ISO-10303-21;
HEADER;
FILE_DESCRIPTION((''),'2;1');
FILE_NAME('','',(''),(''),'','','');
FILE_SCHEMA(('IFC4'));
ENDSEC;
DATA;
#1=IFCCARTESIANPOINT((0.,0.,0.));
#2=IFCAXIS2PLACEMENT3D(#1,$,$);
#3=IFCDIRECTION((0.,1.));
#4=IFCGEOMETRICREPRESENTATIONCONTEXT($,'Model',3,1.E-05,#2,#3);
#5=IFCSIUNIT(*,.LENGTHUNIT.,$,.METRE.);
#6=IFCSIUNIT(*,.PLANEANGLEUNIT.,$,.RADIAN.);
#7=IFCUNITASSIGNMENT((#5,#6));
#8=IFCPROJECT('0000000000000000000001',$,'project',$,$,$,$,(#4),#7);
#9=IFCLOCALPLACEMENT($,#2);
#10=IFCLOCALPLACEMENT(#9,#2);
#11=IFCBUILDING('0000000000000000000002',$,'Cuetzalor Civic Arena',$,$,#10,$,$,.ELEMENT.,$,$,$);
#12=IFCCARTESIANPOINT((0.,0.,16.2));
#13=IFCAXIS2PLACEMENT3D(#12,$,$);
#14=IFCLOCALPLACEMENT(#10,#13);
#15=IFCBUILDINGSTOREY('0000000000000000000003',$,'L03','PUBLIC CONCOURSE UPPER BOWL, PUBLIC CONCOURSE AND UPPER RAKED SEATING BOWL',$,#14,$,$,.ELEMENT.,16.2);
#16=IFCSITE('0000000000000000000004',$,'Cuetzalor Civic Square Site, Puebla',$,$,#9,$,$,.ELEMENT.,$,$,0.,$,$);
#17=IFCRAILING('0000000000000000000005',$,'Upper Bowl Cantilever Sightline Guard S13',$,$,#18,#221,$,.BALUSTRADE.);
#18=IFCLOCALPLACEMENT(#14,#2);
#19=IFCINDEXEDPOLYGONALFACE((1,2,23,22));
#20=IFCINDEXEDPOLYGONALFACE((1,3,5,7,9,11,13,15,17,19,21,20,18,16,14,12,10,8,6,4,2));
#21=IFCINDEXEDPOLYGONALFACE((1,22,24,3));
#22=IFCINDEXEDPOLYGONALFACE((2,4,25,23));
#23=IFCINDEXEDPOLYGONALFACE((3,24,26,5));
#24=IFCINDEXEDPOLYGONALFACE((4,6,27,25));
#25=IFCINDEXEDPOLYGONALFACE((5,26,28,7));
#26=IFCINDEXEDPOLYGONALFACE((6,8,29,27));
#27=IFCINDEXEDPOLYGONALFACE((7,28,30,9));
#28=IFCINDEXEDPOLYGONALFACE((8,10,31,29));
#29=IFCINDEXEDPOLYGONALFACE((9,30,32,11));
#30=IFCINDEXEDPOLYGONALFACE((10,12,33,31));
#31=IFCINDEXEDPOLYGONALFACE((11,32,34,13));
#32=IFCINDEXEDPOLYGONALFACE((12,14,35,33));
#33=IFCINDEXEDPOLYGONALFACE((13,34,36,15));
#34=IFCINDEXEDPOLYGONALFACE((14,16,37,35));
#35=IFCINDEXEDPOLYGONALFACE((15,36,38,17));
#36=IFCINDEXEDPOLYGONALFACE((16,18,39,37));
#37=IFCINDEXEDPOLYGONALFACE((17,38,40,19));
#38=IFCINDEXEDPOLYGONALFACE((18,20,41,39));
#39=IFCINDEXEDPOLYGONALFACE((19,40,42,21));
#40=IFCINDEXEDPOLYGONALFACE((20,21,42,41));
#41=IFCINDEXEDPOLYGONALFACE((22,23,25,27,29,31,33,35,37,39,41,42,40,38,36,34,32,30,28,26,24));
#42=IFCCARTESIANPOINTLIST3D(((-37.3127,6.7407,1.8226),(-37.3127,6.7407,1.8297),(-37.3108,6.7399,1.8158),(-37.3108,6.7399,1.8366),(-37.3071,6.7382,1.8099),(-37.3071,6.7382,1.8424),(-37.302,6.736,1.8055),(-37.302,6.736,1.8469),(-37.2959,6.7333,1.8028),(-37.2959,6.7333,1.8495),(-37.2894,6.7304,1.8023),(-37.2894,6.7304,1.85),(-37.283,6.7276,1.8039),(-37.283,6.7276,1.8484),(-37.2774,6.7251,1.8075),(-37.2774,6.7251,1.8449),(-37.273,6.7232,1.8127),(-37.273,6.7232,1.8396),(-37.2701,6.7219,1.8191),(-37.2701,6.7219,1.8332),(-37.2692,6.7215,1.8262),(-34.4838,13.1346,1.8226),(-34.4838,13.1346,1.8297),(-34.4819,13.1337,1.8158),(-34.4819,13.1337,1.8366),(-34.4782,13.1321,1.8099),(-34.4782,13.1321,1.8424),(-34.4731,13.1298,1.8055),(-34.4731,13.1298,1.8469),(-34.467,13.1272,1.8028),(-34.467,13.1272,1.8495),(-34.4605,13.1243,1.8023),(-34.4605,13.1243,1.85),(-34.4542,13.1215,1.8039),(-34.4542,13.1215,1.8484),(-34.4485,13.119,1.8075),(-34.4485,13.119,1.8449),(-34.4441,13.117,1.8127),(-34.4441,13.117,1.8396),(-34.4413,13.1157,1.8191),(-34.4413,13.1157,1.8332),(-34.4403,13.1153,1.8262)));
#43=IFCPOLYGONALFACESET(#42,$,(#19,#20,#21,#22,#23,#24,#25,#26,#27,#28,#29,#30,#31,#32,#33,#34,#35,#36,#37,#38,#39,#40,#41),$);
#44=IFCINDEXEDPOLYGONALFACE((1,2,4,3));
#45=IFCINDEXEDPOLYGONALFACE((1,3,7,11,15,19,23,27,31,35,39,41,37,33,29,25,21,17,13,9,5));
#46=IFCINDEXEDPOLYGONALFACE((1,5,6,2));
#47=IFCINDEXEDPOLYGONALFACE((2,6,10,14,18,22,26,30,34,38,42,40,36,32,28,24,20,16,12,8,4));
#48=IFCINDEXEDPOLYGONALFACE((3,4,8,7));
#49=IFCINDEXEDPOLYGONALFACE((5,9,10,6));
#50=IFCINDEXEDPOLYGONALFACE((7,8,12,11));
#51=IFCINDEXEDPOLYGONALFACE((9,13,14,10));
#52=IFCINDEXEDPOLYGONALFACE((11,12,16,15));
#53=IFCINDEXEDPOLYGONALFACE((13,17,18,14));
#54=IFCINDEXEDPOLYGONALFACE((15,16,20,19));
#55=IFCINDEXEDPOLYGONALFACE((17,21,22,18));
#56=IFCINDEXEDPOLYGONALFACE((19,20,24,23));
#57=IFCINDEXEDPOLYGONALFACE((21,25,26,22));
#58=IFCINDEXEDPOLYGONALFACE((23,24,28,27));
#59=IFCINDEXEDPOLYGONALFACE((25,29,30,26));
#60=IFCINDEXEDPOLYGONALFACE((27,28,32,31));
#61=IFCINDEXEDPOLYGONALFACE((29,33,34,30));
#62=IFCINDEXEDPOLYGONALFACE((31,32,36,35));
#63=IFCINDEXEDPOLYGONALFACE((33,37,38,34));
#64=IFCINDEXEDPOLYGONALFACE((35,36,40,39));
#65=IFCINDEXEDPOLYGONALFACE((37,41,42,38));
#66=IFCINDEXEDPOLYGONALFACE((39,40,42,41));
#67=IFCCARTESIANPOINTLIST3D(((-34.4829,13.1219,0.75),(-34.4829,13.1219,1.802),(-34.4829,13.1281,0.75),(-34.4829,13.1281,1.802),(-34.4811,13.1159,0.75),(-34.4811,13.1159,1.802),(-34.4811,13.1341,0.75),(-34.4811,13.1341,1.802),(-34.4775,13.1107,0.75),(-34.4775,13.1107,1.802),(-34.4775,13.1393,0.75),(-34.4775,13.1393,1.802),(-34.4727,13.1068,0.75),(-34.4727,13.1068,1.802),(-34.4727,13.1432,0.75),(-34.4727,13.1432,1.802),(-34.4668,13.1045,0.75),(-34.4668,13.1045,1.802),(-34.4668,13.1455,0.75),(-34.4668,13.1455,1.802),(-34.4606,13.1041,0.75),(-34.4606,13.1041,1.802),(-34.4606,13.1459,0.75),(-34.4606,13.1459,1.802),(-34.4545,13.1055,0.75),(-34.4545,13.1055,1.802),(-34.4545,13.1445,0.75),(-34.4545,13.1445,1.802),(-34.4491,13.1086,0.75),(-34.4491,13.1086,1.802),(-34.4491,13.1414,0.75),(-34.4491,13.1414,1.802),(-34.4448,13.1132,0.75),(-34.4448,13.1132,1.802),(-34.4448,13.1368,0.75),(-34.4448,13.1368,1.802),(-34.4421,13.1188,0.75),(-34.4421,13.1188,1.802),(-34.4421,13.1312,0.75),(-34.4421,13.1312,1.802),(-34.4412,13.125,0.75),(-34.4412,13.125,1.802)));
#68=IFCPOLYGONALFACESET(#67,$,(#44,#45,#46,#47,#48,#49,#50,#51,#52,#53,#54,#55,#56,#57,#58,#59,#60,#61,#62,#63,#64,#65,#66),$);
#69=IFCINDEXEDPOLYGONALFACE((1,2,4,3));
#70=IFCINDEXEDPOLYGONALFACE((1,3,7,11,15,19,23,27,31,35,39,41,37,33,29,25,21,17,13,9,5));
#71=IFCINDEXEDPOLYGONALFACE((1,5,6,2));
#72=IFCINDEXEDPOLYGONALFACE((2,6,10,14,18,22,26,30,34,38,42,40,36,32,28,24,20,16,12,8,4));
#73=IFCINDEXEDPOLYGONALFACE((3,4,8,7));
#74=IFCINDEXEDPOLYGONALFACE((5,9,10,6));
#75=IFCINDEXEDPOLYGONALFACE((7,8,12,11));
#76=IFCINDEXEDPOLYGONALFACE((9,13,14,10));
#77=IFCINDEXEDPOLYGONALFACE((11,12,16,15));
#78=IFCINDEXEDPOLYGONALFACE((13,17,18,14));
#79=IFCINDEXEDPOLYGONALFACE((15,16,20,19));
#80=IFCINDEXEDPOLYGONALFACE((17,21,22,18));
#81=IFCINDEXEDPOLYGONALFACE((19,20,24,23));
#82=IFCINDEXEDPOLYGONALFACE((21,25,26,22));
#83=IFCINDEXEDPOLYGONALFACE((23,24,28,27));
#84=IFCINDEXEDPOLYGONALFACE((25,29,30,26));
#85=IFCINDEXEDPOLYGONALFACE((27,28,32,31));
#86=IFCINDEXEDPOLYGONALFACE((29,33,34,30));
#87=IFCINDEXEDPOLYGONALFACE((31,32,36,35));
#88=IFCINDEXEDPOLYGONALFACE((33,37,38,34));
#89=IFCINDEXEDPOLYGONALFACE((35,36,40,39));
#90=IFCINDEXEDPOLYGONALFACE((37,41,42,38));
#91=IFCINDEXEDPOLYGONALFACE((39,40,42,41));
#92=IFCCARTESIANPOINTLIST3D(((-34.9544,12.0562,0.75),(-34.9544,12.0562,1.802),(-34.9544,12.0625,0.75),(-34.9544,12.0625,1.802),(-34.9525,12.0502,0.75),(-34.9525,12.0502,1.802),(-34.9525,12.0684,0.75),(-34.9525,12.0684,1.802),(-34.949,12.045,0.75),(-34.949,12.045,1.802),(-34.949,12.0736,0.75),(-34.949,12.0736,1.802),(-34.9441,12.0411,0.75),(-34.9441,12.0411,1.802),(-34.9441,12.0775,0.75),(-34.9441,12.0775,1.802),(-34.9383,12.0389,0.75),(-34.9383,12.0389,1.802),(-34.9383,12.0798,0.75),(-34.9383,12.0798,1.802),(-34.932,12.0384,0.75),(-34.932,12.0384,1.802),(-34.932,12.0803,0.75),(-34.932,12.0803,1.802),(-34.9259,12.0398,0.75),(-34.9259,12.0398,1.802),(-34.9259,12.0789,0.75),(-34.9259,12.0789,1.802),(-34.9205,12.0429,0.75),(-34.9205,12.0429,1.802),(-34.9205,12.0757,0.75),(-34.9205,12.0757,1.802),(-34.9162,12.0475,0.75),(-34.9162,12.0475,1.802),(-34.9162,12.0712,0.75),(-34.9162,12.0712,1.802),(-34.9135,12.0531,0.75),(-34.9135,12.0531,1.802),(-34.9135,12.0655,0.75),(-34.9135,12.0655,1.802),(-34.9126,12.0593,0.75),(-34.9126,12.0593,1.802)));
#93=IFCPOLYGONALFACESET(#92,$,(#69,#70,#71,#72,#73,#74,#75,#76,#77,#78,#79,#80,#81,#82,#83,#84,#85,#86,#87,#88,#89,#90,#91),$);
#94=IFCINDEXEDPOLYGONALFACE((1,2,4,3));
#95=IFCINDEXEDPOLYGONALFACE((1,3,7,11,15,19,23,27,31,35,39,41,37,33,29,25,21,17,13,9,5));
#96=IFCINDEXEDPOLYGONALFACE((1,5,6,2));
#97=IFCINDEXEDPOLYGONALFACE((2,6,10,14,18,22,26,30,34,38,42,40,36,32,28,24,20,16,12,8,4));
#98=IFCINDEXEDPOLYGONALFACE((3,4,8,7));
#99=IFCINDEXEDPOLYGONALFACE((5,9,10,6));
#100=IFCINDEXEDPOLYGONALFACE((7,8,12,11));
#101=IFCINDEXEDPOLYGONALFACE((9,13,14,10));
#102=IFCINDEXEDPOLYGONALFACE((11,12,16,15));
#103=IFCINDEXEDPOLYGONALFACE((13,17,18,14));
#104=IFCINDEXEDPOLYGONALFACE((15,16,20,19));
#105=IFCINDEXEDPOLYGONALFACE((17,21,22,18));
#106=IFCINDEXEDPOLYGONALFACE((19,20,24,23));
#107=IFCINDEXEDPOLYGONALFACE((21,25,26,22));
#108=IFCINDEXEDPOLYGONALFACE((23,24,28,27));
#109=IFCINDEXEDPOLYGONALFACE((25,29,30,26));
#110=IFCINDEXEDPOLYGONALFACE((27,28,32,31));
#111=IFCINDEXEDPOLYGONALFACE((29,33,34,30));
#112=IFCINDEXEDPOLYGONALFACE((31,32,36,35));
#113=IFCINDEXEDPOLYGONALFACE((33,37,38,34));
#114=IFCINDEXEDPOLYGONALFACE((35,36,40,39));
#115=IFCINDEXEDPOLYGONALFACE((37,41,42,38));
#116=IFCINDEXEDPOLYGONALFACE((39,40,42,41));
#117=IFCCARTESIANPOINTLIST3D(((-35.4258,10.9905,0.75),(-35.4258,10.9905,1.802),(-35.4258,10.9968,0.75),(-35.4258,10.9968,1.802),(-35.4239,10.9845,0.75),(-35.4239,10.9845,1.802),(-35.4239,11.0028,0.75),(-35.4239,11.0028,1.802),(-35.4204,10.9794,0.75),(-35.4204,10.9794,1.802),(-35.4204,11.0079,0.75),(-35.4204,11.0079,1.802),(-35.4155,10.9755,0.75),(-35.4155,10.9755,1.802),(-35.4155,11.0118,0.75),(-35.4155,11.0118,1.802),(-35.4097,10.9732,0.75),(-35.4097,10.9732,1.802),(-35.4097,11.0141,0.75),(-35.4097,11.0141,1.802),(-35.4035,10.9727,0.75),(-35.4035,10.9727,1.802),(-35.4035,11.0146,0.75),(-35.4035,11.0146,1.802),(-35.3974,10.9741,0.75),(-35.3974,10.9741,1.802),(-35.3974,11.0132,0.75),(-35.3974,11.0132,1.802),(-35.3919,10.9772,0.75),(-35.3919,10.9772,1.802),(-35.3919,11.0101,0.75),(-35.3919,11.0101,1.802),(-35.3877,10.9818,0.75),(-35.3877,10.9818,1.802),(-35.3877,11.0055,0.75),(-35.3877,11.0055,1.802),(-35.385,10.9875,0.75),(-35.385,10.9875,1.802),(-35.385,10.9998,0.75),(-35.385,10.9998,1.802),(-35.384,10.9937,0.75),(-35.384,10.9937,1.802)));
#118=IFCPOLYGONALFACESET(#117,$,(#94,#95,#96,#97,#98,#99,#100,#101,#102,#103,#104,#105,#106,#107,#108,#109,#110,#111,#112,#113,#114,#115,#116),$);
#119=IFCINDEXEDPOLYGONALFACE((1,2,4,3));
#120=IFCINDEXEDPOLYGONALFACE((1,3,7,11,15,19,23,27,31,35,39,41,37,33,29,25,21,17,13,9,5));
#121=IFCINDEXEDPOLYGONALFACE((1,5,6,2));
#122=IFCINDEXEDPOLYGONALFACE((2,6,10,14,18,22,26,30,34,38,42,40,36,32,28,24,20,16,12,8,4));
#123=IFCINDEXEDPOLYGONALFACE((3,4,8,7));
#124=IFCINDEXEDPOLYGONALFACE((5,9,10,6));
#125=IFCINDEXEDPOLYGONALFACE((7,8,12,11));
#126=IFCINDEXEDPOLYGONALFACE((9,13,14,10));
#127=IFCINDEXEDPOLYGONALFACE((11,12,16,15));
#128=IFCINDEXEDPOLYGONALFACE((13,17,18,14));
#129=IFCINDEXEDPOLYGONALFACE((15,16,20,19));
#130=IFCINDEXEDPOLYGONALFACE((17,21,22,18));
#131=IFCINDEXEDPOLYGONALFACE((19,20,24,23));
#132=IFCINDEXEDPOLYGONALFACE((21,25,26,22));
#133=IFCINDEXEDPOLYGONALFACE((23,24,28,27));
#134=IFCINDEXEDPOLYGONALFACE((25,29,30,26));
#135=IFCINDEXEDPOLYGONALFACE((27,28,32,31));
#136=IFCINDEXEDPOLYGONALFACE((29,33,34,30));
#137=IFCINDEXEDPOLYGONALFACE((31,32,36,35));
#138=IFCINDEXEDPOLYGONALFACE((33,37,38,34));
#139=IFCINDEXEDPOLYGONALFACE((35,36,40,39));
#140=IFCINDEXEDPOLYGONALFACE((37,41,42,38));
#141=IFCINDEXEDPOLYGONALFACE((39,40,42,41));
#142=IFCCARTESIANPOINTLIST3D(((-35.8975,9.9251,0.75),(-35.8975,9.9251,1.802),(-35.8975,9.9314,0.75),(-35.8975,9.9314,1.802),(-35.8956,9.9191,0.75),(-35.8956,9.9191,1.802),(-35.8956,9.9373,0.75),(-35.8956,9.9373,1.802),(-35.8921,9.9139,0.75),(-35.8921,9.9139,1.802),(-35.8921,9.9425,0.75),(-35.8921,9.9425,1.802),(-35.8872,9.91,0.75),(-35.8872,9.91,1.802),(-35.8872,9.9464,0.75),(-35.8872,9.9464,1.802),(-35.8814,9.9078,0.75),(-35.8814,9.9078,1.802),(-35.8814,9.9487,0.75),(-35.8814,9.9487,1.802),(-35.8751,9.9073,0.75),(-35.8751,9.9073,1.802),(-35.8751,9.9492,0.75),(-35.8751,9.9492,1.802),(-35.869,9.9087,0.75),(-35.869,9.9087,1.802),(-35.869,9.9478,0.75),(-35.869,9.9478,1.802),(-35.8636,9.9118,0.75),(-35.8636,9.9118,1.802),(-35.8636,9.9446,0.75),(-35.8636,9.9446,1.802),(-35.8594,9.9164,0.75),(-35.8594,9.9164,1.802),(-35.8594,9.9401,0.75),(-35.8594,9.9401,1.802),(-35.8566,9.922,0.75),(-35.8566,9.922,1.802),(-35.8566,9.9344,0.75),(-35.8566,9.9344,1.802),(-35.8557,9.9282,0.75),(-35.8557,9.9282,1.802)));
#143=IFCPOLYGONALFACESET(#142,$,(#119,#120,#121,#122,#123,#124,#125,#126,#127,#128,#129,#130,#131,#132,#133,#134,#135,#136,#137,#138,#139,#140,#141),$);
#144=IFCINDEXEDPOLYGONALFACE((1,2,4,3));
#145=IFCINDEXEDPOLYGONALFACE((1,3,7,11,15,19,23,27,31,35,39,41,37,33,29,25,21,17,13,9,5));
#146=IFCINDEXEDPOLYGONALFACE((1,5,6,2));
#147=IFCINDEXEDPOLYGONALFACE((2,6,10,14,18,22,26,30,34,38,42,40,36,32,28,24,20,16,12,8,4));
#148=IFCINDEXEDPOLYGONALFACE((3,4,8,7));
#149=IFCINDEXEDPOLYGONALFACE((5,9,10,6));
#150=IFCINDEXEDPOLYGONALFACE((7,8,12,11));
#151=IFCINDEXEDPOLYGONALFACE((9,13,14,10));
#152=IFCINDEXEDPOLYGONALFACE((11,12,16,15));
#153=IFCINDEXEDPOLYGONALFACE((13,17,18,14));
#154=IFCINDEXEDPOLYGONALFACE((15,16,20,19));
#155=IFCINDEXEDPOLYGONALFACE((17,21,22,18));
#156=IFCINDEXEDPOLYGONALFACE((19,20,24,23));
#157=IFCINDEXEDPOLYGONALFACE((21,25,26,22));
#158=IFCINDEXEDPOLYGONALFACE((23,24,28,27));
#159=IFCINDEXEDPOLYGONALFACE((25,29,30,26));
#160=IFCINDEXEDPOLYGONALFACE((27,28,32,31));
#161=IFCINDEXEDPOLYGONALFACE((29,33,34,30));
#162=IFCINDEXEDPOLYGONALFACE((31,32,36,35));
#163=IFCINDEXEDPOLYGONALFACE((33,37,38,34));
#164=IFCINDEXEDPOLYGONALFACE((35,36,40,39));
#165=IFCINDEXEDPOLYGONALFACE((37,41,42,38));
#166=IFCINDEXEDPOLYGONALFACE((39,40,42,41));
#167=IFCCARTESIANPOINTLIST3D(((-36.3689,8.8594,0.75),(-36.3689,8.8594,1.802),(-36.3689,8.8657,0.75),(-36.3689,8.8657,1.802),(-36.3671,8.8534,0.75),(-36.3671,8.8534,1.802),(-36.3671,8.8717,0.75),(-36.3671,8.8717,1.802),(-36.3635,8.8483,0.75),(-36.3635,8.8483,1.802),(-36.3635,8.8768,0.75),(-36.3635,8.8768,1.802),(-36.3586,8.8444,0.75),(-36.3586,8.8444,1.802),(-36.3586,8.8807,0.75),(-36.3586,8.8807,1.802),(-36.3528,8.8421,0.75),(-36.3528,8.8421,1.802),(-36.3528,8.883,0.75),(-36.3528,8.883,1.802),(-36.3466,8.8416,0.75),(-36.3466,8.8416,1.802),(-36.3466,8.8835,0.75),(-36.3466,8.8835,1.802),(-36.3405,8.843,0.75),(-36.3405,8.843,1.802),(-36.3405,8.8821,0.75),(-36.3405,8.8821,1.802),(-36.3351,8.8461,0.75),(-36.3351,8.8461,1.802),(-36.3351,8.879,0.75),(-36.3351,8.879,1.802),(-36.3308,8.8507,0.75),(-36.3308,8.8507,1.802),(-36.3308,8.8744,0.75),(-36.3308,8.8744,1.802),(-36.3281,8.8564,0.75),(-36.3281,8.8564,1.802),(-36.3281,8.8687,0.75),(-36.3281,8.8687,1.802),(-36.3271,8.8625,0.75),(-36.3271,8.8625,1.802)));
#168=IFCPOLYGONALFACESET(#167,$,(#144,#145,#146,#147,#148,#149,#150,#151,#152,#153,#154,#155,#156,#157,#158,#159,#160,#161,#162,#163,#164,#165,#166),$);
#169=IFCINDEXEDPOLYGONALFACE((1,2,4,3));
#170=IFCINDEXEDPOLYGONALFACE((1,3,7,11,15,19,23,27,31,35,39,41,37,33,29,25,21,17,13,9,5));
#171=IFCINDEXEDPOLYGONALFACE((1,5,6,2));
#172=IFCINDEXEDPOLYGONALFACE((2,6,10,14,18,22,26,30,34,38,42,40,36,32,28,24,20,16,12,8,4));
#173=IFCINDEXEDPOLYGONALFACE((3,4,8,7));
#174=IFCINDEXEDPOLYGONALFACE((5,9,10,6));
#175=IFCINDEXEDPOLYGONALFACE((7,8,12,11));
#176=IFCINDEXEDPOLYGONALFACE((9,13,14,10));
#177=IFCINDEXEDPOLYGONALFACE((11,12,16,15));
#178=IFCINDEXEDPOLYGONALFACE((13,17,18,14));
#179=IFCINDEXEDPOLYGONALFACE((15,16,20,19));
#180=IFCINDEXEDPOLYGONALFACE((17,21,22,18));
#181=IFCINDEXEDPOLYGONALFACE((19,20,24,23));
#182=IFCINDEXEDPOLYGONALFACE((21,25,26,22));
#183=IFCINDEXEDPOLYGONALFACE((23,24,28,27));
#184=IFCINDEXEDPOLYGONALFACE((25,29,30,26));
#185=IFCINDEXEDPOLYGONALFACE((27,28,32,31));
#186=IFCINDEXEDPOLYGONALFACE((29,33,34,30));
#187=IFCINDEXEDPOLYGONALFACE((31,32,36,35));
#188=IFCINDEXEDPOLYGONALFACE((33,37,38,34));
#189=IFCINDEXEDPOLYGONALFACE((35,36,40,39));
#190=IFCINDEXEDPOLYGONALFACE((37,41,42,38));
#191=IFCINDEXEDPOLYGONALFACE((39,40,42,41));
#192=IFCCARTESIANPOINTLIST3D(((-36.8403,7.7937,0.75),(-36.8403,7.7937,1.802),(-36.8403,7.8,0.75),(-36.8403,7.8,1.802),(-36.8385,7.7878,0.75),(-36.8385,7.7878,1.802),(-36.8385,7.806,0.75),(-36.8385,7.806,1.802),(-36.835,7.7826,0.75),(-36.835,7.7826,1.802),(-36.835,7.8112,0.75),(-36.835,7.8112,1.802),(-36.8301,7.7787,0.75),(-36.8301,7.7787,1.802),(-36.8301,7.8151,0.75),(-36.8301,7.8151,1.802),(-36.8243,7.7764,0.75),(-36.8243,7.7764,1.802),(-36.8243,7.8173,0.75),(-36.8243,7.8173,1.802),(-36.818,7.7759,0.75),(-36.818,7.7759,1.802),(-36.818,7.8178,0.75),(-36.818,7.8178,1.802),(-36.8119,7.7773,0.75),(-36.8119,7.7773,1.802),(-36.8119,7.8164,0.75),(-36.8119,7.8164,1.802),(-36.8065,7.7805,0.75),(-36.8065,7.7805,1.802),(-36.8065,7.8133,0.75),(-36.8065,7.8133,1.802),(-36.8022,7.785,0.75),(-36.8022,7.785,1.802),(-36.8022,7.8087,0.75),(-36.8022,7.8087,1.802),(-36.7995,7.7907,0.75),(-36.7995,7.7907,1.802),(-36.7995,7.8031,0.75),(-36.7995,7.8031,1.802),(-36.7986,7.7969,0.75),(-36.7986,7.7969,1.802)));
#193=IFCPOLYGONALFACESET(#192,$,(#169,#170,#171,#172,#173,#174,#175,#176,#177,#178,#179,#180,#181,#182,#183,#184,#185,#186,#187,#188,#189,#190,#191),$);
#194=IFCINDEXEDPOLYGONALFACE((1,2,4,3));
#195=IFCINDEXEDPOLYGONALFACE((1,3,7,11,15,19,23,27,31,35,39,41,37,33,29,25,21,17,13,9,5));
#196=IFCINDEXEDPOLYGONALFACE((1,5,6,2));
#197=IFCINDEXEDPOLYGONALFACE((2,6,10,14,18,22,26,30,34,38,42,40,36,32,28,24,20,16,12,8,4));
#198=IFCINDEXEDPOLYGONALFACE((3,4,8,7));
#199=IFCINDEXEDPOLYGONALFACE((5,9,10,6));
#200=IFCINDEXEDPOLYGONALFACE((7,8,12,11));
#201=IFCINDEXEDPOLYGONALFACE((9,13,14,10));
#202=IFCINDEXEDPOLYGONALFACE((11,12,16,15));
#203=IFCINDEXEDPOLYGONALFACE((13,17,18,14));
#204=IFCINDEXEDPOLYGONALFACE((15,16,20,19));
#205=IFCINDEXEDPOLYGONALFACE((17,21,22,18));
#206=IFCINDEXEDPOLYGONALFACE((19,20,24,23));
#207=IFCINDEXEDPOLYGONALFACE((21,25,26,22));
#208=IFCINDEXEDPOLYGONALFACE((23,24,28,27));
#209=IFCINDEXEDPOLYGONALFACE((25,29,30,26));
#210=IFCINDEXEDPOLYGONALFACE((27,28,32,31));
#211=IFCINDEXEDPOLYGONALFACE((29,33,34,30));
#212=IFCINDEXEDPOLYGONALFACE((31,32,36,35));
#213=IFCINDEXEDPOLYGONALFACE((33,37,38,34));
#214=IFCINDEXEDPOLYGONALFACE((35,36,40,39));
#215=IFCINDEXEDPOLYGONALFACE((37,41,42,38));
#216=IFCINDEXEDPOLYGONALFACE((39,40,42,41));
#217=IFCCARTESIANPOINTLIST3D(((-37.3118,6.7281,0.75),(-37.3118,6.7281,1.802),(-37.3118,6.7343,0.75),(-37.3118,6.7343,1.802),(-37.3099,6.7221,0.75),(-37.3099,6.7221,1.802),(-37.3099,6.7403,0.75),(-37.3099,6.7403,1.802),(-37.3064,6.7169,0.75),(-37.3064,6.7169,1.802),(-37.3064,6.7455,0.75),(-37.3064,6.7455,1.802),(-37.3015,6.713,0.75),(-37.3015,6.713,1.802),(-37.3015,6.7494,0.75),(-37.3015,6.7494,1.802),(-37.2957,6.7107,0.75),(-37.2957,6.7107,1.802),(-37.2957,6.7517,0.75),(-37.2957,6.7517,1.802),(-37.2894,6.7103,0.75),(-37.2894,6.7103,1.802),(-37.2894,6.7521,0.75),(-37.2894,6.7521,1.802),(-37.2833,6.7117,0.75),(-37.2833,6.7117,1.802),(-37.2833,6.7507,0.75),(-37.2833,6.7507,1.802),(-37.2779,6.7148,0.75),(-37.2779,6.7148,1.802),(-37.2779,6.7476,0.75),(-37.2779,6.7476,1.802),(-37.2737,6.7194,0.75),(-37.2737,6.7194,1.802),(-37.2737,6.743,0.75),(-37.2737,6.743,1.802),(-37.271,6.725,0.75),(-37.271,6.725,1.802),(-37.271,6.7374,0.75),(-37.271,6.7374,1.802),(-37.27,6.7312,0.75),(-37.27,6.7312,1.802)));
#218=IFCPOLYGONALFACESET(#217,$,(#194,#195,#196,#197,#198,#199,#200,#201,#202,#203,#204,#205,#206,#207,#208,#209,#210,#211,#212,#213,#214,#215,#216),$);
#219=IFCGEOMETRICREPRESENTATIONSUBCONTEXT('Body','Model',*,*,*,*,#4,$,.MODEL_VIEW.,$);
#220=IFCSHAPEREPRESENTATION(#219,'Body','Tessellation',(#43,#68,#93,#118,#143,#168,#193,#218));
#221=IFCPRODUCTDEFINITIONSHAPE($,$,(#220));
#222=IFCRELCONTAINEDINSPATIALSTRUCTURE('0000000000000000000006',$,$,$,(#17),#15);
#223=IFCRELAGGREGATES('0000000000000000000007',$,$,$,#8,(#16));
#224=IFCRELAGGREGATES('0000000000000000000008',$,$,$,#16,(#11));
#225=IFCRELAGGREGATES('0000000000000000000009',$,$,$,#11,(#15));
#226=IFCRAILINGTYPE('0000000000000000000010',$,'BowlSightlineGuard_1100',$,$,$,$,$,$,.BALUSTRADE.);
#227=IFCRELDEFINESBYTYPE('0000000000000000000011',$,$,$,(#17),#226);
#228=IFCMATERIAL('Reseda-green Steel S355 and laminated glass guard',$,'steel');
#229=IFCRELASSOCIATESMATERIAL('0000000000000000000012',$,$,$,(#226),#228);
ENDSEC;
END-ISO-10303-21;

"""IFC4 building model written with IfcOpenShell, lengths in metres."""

from ifc_helpers import new_model, si_unit, direction, frame, origin, origin_2d, place, context, subcontext, project, spatial, circle, extrude, material, type_object, element, save


model = new_model("IFC4")

# Units and contexts
model_context = context("Model", 3, precision=1e-05, world=origin(), true_north=direction((0.0, 1.0)))
body_context = subcontext(model_context, "Body", "Model", "MODEL_VIEW")
ifc_project = project(units=[si_unit("LENGTHUNIT", "METRE"), si_unit("PLANEANGLEUNIT", "RADIAN")], contexts=[model_context])

# Site, building, storey
site_placement = place(None, origin())
site = spatial("IfcSite", under=ifc_project, at=site_placement, Name="Cuetzalor Civic Square Site, Puebla", CompositionType="ELEMENT", RefElevation=0.0)
building_placement = place(site_placement, origin())
building = spatial("IfcBuilding", under=site, at=building_placement, Name="Cuetzalor Civic Arena", CompositionType="ELEMENT")
storey_placement = place(building_placement, frame((0.0, 0.0, 16.2)))
storey = spatial("IfcBuildingStorey", under=building, at=storey_placement, Name="L03", Description="PUBLIC CONCOURSE UPPER BOWL, PUBLIC CONCOURSE AND UPPER RAKED SEATING BOWL", CompositionType="ELEMENT", Elevation=16.2)

# Railing
ifc_material_1 = material(Name="Reseda-green Steel S355 and laminated glass guard", Category="steel")
railing_type = type_object("IfcRailingType", Name="BowlSightlineGuard_1100", PredefinedType="BALUSTRADE", material=ifc_material_1)
railing_1_placement = place(storey_placement, frame((-34.4622, 13.125, 0.75)))
element("IfcRailing", 1, at=railing_1_placement, inside=storey, type_object=railing_type, Name="Upper Bowl Cantilever Sightline Guard S13", PredefinedType="BALUSTRADE", context=body_context, shape_type="SweptSolid", body=[
    extrude(circle(Radius=0.0239, at=origin_2d()), frame((0.0, 0.0, 1.0762), z_axis=(-0.404605, -0.914491, 0.0), x_axis=(0.914491, -0.404605, 0.0)), (0.0, 0.0, 1.0), 6.9917),
    extrude(circle(Radius=0.021, at=origin_2d()), origin(), (0.0, 0.0, 1.0), 1.052),
    extrude(circle(Radius=0.021, at=origin_2d()), frame((-0.4714, -1.0657, 0.0)), (0.0, 0.0, 1.0), 1.052),
    extrude(circle(Radius=0.021, at=origin_2d()), frame((-0.9429, -2.1313, 0.0)), (0.0, 0.0, 1.0), 1.052),
    extrude(circle(Radius=0.021, at=origin_2d()), frame((-1.4146, -3.1968, 0.0)), (0.0, 0.0, 1.0), 1.052),
    extrude(circle(Radius=0.021, at=origin_2d()), frame((-1.886, -4.2625, 0.0)), (0.0, 0.0, 1.0), 1.052),
    extrude(circle(Radius=0.021, at=origin_2d()), frame((-2.3574, -5.3281, 0.0)), (0.0, 0.0, 1.0), 1.052),
    extrude(circle(Radius=0.021, at=origin_2d()), frame((-2.8289, -6.3938, 0.0)), (0.0, 0.0, 1.0), 1.052),
])

save(model, "model.ifc")
